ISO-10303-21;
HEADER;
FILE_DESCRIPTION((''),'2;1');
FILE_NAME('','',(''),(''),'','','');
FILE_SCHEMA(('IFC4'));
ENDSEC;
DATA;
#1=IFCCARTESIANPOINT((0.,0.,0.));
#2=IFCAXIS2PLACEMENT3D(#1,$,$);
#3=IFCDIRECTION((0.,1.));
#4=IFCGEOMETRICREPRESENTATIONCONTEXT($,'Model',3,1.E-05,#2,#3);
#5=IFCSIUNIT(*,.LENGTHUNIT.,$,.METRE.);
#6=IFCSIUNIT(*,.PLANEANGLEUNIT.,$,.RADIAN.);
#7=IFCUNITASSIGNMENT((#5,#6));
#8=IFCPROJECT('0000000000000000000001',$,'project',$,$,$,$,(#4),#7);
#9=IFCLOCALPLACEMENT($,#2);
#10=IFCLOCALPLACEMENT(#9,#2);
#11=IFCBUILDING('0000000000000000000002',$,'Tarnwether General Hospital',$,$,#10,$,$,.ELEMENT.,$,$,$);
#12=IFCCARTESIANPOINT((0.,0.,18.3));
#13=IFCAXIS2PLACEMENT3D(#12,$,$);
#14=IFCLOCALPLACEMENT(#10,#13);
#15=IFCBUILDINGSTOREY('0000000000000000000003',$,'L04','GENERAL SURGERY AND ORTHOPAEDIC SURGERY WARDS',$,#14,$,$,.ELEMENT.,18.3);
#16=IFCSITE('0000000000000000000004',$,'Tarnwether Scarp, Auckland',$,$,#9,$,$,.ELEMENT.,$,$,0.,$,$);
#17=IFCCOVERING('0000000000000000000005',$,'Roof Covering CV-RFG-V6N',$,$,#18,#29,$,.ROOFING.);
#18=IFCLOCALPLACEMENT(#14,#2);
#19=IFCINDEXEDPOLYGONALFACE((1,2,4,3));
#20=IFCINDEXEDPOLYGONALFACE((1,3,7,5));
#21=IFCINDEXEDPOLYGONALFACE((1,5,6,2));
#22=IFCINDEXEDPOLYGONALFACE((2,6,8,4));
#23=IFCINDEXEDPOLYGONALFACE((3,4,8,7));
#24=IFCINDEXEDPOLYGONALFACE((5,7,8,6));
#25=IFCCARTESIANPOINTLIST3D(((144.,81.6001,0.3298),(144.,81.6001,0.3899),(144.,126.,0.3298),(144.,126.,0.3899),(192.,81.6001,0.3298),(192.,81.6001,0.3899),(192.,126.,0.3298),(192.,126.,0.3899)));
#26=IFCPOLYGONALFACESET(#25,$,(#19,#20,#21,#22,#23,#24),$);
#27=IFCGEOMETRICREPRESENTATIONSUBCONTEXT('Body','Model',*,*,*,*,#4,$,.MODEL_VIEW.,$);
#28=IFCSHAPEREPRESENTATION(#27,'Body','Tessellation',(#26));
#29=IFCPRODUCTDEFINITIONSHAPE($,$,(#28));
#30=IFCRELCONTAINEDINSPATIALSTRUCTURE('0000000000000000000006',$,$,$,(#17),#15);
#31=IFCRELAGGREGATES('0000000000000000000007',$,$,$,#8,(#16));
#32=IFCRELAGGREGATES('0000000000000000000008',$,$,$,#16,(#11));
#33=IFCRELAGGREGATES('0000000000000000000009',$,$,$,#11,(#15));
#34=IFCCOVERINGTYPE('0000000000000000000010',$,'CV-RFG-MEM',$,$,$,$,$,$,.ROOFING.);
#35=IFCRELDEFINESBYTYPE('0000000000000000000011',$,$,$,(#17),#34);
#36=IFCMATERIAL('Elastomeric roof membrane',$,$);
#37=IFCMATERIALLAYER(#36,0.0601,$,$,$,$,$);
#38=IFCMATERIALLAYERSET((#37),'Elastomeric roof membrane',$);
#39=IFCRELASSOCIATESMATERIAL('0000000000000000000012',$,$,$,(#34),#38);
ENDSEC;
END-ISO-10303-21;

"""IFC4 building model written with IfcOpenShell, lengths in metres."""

from ifc_helpers import new_model, si_unit, direction, frame, origin, place, context, subcontext, project, spatial, polyline, outline, extrude, material, layer, layer_set, type_object, element, save


model = new_model("IFC4")

# Units and contexts
model_context = context("Model", 3, precision=1e-05, world=origin(), true_north=direction((0.0, 1.0)))
body_context = subcontext(model_context, "Body", "Model", "MODEL_VIEW")
ifc_project = project(units=[si_unit("LENGTHUNIT", "METRE"), si_unit("PLANEANGLEUNIT", "RADIAN")], contexts=[model_context])

# Site, building, storey
site_placement = place(None, origin())
site = spatial("IfcSite", under=ifc_project, at=site_placement, Name="Tarnwether Scarp, Auckland", CompositionType="ELEMENT", RefElevation=0.0)
building_placement = place(site_placement, origin())
building = spatial("IfcBuilding", under=site, at=building_placement, Name="Tarnwether General Hospital", CompositionType="ELEMENT")
storey_placement = place(building_placement, frame((0.0, 0.0, 18.3)))
storey = spatial("IfcBuildingStorey", under=building, at=storey_placement, Name="L04", Description="GENERAL SURGERY AND ORTHOPAEDIC SURGERY WARDS", CompositionType="ELEMENT", Elevation=18.3)

# Covering
ifc_material_1 = material(Name="Elastomeric roof membrane")
ifc_layer_1 = layer(ifc_material_1, 0.0601)
ifc_layer_set_1 = layer_set([ifc_layer_1], Name="Elastomeric roof membrane")
covering_type = type_object("IfcCoveringType", Name="CV-RFG-MEM", PredefinedType="ROOFING", material=ifc_layer_set_1)
covering_1_placement = place(storey_placement, frame((0.0, 0.0, 0.3298)))
element("IfcCovering", 1, at=covering_1_placement, inside=storey, type_object=covering_type, Name="Roof Covering CV-RFG-V6N", PredefinedType="ROOFING", context=body_context, shape_type="SweptSolid", body=[
    extrude(outline(polyline([(192.0, 81.6001), (192.0, 126.0), (144.0, 126.0), (144.0, 81.6001), (192.0, 81.6001)])), origin(), (0.0, 0.0, 1.0), 0.0601),
])

save(model, "model.ifc")
